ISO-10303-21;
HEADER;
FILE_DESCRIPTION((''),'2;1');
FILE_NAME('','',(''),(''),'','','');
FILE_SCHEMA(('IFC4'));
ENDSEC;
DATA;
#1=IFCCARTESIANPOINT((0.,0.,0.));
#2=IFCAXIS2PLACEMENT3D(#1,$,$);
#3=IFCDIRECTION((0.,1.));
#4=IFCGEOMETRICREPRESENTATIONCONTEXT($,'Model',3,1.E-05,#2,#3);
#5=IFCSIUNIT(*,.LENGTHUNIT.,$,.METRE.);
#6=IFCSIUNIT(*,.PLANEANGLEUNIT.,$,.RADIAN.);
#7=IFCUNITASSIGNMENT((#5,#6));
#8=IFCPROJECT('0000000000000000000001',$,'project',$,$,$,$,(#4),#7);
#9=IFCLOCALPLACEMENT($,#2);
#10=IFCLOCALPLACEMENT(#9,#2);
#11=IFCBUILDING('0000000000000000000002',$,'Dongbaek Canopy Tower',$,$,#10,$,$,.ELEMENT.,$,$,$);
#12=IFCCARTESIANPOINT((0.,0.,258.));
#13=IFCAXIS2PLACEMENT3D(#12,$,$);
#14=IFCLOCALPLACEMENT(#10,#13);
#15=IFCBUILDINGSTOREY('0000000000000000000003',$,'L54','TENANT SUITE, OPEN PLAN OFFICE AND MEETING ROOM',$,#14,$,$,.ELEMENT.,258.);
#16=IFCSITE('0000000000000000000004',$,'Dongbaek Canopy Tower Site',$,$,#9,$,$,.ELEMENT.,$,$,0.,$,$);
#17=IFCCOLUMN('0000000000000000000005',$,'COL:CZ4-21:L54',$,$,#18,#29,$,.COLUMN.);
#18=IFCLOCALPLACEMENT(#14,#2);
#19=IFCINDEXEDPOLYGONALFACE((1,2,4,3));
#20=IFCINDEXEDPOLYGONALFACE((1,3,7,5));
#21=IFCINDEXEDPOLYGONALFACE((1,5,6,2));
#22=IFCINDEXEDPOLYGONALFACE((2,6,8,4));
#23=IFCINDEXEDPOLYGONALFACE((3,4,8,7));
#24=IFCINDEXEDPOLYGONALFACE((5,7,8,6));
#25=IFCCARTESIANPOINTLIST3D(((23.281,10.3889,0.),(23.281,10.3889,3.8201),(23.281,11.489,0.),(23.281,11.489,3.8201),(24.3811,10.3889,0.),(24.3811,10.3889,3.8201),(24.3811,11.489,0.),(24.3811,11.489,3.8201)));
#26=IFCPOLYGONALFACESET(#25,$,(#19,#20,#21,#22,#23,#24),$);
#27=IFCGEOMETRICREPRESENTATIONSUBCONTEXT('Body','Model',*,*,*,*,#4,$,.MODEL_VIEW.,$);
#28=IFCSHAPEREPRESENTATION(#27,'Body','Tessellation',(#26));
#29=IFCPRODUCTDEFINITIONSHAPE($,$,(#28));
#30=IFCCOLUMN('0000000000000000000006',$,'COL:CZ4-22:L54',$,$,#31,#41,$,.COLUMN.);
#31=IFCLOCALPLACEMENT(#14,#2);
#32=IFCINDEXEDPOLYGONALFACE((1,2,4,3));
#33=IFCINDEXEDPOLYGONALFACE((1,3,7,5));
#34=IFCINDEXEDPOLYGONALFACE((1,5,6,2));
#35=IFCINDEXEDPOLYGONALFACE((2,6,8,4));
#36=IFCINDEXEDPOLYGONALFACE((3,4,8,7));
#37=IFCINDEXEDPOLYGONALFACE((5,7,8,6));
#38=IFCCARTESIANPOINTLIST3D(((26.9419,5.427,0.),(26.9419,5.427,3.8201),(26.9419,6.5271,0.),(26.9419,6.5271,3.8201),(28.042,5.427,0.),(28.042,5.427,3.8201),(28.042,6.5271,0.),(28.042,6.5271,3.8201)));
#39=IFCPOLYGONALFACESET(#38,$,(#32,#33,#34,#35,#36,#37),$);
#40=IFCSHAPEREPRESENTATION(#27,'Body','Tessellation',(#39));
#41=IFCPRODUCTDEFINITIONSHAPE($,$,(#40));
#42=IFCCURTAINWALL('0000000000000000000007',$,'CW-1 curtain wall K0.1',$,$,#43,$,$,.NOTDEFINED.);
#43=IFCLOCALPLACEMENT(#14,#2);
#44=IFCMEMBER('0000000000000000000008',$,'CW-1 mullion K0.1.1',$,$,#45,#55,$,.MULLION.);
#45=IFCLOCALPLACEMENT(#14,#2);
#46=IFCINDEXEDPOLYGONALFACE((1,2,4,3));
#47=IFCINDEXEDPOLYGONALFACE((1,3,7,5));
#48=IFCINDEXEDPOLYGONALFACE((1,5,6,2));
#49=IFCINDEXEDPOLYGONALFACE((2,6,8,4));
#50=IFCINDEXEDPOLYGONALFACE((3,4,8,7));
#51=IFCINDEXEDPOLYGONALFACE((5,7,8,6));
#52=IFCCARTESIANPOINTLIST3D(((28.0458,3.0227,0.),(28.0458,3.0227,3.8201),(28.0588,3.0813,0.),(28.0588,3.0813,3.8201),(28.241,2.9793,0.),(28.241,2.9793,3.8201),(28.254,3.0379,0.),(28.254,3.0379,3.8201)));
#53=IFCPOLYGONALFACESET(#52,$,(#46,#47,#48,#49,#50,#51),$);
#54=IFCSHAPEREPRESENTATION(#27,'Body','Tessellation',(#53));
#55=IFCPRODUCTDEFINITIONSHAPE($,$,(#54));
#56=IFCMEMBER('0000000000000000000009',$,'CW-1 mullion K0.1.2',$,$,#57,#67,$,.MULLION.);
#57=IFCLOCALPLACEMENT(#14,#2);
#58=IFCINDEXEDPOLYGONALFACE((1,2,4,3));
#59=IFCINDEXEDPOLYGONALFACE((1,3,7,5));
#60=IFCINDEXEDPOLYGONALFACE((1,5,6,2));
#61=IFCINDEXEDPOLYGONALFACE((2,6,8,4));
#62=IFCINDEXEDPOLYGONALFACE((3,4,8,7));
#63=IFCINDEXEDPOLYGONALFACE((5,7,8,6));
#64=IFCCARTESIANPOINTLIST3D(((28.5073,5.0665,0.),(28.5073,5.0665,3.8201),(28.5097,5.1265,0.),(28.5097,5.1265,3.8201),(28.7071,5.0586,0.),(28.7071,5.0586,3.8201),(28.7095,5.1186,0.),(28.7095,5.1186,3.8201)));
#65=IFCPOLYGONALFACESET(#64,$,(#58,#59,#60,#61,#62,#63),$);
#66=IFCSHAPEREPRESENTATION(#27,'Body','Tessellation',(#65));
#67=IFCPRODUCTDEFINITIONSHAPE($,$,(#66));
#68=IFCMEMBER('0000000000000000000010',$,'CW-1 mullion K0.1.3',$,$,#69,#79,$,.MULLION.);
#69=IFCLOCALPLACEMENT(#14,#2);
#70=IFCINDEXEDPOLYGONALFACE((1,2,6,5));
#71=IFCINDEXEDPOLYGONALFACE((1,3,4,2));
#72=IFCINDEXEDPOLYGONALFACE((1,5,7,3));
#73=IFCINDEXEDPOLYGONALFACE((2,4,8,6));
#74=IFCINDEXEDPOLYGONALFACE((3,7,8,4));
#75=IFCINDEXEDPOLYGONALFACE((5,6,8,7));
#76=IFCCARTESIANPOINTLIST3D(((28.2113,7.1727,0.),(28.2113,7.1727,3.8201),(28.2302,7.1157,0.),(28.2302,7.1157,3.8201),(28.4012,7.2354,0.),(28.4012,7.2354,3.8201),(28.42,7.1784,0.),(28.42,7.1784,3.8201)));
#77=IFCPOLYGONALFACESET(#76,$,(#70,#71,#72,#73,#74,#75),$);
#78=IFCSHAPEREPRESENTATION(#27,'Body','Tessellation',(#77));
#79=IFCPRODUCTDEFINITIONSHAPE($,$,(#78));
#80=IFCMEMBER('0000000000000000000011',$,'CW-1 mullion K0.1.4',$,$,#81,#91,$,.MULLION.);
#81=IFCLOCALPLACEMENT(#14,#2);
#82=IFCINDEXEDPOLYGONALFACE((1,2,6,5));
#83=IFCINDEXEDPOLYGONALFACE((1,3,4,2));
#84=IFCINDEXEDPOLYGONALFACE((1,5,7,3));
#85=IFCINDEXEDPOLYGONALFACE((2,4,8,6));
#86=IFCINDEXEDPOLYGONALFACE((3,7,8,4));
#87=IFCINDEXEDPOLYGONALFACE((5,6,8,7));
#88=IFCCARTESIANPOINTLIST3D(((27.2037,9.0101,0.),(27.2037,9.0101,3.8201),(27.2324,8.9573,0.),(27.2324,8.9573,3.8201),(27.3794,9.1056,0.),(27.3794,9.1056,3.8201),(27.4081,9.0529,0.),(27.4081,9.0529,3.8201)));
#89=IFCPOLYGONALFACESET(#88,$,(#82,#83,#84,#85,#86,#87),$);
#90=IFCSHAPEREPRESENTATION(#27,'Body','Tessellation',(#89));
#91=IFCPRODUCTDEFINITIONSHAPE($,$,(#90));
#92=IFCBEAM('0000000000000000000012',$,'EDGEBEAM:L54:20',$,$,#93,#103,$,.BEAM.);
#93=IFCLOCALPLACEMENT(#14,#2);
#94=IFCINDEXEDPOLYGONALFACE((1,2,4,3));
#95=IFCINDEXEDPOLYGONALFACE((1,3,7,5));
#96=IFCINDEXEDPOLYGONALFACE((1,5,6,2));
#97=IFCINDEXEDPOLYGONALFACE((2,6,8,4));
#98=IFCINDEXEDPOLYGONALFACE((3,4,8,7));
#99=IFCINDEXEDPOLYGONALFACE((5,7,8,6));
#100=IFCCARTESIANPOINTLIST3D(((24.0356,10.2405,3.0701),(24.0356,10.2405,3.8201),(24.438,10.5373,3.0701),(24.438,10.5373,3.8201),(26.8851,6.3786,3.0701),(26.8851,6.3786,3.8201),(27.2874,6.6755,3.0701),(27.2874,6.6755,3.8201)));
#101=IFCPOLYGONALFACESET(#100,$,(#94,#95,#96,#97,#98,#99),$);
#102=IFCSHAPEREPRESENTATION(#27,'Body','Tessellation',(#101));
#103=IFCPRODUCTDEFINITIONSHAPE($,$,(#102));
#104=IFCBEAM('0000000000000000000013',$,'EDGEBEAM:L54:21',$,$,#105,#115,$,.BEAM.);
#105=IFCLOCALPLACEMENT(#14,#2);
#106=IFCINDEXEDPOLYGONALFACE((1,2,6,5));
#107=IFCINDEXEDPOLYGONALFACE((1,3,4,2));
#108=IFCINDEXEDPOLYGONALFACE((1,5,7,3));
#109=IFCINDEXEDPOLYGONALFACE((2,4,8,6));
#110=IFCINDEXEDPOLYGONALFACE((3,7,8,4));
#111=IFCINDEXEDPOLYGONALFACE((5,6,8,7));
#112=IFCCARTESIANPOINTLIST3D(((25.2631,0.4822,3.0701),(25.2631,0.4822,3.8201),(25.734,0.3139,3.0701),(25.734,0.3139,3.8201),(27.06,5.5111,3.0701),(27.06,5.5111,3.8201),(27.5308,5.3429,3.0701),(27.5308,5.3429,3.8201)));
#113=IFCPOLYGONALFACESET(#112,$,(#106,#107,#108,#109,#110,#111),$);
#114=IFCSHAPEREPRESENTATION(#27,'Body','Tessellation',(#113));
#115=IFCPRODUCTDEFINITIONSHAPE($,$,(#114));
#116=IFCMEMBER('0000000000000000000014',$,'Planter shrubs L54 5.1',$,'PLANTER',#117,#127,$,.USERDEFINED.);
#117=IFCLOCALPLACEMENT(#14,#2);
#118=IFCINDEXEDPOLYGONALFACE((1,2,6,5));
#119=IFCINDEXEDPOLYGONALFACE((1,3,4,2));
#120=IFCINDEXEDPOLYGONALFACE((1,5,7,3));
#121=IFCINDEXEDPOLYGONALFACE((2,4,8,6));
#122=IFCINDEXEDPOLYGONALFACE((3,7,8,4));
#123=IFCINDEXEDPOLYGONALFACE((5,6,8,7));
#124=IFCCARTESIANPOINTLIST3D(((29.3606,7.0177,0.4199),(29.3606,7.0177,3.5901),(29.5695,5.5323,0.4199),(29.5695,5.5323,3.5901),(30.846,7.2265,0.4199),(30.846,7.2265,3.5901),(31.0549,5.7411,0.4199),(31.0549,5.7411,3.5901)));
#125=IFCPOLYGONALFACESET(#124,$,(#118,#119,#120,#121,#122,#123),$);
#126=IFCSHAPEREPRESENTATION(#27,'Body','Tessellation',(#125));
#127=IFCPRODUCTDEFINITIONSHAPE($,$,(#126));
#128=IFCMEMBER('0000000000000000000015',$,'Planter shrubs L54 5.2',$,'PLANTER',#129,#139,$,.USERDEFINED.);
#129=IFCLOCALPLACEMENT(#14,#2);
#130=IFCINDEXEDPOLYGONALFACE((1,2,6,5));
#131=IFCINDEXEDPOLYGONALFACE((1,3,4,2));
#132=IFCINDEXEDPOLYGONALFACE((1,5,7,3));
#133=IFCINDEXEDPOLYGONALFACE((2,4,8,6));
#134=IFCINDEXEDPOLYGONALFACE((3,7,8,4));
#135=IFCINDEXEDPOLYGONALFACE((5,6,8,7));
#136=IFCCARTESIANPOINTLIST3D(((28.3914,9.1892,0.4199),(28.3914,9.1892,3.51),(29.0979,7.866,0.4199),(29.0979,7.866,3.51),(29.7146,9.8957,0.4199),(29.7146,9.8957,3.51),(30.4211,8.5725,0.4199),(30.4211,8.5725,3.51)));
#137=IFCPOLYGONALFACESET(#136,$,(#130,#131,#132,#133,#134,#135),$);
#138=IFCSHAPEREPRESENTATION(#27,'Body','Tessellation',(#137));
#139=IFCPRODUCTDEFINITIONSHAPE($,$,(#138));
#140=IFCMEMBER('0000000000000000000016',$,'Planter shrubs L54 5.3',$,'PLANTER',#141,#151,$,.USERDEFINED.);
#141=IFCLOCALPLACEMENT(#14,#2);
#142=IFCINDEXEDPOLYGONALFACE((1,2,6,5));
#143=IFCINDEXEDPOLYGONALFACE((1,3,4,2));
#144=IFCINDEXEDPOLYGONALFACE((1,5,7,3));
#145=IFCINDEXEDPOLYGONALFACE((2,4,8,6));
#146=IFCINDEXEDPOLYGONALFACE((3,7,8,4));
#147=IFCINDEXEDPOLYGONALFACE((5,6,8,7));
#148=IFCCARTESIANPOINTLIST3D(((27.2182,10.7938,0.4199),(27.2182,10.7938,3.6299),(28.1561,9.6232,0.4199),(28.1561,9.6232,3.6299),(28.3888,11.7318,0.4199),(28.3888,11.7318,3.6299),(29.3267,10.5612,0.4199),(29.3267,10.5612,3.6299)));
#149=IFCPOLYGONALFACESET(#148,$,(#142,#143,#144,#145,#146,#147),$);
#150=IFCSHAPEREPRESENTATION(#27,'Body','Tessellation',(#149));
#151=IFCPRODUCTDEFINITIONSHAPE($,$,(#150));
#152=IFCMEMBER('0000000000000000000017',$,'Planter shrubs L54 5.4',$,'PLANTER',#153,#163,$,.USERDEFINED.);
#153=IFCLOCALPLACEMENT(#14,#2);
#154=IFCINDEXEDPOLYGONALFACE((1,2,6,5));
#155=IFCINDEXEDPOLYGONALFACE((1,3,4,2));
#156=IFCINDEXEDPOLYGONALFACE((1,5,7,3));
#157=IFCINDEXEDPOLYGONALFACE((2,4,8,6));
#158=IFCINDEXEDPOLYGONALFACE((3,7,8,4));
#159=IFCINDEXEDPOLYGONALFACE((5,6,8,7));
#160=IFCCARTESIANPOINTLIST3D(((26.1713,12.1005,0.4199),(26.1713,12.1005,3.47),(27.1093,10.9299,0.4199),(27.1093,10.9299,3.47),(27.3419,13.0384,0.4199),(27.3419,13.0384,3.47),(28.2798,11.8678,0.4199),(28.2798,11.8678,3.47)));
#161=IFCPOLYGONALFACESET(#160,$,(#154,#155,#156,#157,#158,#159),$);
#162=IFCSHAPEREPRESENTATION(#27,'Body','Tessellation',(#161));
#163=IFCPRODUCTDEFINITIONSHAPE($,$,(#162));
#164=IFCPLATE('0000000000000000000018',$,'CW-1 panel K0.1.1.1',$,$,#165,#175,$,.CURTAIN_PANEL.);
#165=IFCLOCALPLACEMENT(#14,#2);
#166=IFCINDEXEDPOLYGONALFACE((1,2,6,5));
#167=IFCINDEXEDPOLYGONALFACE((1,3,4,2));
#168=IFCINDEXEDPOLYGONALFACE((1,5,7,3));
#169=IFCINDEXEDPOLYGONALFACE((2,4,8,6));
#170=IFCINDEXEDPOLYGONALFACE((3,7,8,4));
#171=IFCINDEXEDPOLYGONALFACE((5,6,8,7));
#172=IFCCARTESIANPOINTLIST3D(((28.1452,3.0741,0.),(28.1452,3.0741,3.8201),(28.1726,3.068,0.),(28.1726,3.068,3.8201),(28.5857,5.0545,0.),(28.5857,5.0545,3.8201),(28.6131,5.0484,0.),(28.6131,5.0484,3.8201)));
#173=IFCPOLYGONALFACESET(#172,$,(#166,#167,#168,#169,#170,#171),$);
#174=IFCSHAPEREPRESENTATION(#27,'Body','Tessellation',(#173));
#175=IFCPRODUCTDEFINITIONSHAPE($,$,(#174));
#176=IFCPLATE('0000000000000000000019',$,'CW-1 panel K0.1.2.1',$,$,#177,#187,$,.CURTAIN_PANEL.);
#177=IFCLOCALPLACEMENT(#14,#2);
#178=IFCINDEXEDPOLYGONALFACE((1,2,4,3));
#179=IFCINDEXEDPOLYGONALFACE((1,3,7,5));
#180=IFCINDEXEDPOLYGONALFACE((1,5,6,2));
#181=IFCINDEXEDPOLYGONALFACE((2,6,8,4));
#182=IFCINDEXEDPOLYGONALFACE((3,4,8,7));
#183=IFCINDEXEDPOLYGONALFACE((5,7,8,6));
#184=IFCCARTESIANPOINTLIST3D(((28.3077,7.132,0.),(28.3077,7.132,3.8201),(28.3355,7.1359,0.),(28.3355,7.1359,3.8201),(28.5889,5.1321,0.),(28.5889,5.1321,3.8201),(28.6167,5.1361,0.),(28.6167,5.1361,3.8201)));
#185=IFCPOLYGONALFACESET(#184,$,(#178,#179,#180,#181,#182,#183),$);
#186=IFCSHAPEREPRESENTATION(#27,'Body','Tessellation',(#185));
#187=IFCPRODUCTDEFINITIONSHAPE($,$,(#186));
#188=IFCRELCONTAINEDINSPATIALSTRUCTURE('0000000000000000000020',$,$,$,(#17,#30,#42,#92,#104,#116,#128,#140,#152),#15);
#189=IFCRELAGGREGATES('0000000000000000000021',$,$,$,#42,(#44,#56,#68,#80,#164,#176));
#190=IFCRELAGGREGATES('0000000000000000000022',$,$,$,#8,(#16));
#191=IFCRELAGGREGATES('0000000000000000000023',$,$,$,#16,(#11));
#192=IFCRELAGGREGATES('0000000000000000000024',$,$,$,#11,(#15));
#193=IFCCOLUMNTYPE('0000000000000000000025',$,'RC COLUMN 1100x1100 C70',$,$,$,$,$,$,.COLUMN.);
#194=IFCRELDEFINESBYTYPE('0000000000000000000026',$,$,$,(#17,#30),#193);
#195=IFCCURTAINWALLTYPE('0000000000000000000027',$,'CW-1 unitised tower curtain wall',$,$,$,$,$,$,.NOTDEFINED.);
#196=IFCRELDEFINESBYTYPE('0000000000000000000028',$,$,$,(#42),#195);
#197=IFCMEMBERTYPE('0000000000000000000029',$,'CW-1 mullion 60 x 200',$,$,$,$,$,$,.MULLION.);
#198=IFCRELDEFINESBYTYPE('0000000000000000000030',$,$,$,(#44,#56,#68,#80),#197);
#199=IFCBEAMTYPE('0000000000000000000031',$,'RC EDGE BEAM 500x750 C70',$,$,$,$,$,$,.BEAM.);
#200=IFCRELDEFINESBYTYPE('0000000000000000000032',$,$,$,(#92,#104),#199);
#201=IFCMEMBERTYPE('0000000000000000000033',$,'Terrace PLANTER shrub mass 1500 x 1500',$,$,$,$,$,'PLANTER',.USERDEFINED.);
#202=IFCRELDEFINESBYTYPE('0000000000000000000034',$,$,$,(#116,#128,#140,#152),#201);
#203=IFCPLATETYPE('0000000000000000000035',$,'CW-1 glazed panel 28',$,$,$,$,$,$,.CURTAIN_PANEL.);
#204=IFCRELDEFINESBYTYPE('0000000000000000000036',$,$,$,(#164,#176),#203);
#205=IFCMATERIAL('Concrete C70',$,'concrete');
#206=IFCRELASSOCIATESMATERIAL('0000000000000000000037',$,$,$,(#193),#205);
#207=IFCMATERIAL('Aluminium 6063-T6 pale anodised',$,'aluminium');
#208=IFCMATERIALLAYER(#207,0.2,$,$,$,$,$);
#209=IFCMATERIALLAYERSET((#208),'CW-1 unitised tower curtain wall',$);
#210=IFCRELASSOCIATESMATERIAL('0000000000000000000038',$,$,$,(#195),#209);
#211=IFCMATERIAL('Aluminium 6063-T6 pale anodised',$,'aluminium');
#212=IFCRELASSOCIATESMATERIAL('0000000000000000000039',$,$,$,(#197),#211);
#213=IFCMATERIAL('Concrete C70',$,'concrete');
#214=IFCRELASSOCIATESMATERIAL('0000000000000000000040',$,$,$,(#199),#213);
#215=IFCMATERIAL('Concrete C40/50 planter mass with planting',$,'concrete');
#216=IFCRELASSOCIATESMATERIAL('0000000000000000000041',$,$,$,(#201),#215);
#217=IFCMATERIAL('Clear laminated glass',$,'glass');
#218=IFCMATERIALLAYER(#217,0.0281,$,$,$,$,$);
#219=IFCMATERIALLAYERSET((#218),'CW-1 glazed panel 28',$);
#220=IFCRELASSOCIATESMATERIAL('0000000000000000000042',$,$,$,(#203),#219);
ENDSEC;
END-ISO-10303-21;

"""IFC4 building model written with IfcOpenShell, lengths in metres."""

from ifc_helpers import new_model, si_unit, direction, frame, origin, origin_2d, place, context, subcontext, project, spatial, rectangle, extrude, material, layer, layer_set, material_profile, profile_set, type_object, element, aggregate, save


model = new_model("IFC4")

# Units and contexts
model_context = context("Model", 3, precision=1e-05, world=origin(), true_north=direction((0.0, 1.0)))
body_context = subcontext(model_context, "Body", "Model", "MODEL_VIEW")
ifc_project = project(units=[si_unit("LENGTHUNIT", "METRE"), si_unit("PLANEANGLEUNIT", "RADIAN")], contexts=[model_context])

# Site, building, storey
site_placement = place(None, origin())
site = spatial("IfcSite", under=ifc_project, at=site_placement, Name="Dongbaek Canopy Tower Site", CompositionType="ELEMENT", RefElevation=0.0)
building_placement = place(site_placement, origin())
building = spatial("IfcBuilding", under=site, at=building_placement, Name="Dongbaek Canopy Tower", CompositionType="ELEMENT")
storey_placement = place(building_placement, frame((0.0, 0.0, 258.0)))
storey = spatial("IfcBuildingStorey", under=building, at=storey_placement, Name="L54", Description="TENANT SUITE, OPEN PLAN OFFICE AND MEETING ROOM", CompositionType="ELEMENT", Elevation=258.0)

# Columns
ifc_material_1 = material(Name="Concrete C70", Category="concrete")
ifc_material_profile_1 = material_profile(ifc_material_1, rectangle(XDim=1.1001, YDim=1.1001, at=origin_2d()), Name="RC COLUMN 1100x1100 C70")
ifc_profile_set_1 = profile_set([ifc_material_profile_1], Name="Concrete C70")
column_type = type_object("IfcColumnType", Name="RC COLUMN 1100x1100 C70", PredefinedType="COLUMN", material=ifc_profile_set_1)
for number, where, z_axis, x_axis, name in (
    (1, (23.8311, 10.939, 0.0), (0.0, 0.0, 1.0), (1.0, 0.0, 0.0), "COL:CZ4-21:L54"),
    (2, (27.4919, 5.9771, 0.0), (0.0, 0.0, 1.0), (1.0, 0.0, 0.0), "COL:CZ4-22:L54"),
):
    element("IfcColumn", number, at=place(storey_placement, frame(where, z_axis=z_axis, x_axis=x_axis)), inside=storey, type_object=column_type, Name=name, PredefinedType="COLUMN", context=body_context, shape_type="SweptSolid", body=[
        extrude(rectangle(XDim=1.1001, YDim=1.1001, at=origin_2d()), origin(), (0.0, 0.0, 1.0), 3.8201),
    ])

# Curtain wall, members
ifc_material_2 = material(Name="Aluminium 6063-T6 pale anodised", Category="aluminium")
ifc_layer_1 = layer(ifc_material_2, 0.2)
ifc_layer_set_1 = layer_set([ifc_layer_1], Name="CW-1 unitised tower curtain wall")
curtain_wall_type = type_object("IfcCurtainWallType", Name="CW-1 unitised tower curtain wall", PredefinedType="NOTDEFINED", material=ifc_layer_set_1)
curtain_wall_1_placement = place(storey_placement, origin())
curtain_wall_1 = element("IfcCurtainWall", 3, at=curtain_wall_1_placement, inside=storey, type_object=curtain_wall_type, Name="CW-1 curtain wall K0.1", PredefinedType="NOTDEFINED")
ifc_material_3 = material(Name="Aluminium 6063-T6 pale anodised", Category="aluminium")
ifc_material_profile_2 = material_profile(ifc_material_3, rectangle(XDim=0.2, YDim=0.0601, at=origin_2d()), Name="CW-1 mullion 60 x 200")
ifc_profile_set_2 = profile_set([ifc_material_profile_2], Name="Aluminium 6063-T6 pale anodised")
member_type_1 = type_object("IfcMemberType", Name="CW-1 mullion 60 x 200", PredefinedType="MULLION", material=ifc_profile_set_2)
member_1_placement = place(storey_placement, frame((28.1499, 3.0303, 0.0), z_axis=(0.0, 0.0, 1.0), x_axis=(0.976147, -0.217111, 0.0)))
member_1 = element("IfcMember", 4, at=member_1_placement, type_object=member_type_1, Name="CW-1 mullion K0.1.1", PredefinedType="MULLION", context=body_context, shape_type="SweptSolid", body=[
    extrude(rectangle(XDim=0.2, YDim=0.0601, at=origin_2d()), origin(), (0.0, 0.0, 1.0), 3.8201),
])
member_2_placement = place(storey_placement, frame((28.6084, 5.0925, 0.0), z_axis=(0.0, 0.0, 1.0), x_axis=(0.999217, -0.039568, 0.0)))
member_2 = element("IfcMember", 5, at=member_2_placement, type_object=member_type_1, Name="CW-1 mullion K0.1.2", PredefinedType="MULLION", context=body_context, shape_type="SweptSolid", body=[
    extrude(rectangle(XDim=0.2, YDim=0.0601, at=origin_2d()), origin(), (0.0, 0.0, 1.0), 3.8201),
])
member_3_placement = place(storey_placement, frame((28.3157, 7.1755, 0.0), z_axis=(0.0, 0.0, 1.0), x_axis=(0.949558, 0.313592, 0.0)))
member_3 = element("IfcMember", 6, at=member_3_placement, type_object=member_type_1, Name="CW-1 mullion K0.1.3", PredefinedType="MULLION", context=body_context, shape_type="SweptSolid", body=[
    extrude(rectangle(XDim=0.2, YDim=0.0601, at=origin_2d()), origin(), (0.0, 0.0, 1.0), 3.8201),
])
member_4_placement = place(storey_placement, frame((27.3059, 9.0315, 0.0), z_axis=(0.0, 0.0, 1.0), x_axis=(0.878421, 0.477888, 0.0)))
member_4 = element("IfcMember", 7, at=member_4_placement, type_object=member_type_1, Name="CW-1 mullion K0.1.4", PredefinedType="MULLION", context=body_context, shape_type="SweptSolid", body=[
    extrude(rectangle(XDim=0.2, YDim=0.0601, at=origin_2d()), origin(), (0.0, 0.0, 1.0), 3.8201),
])

# Beams
ifc_material_4 = material(Name="Concrete C70", Category="concrete")
ifc_material_profile_3 = material_profile(ifc_material_4, rectangle(XDim=0.5, YDim=0.75, at=origin_2d()), Name="RC EDGE BEAM 500x750 C70")
ifc_profile_set_3 = profile_set([ifc_material_profile_3], Name="Concrete C70")
beam_type = type_object("IfcBeamType", Name="RC EDGE BEAM 500x750 C70", PredefinedType="BEAM", material=ifc_profile_set_3)
beam_1_placement = place(storey_placement, frame((24.2368, 10.3889, 3.4451), z_axis=(0.593714, -0.804676, 0.0), x_axis=(0.804676, 0.593714, 0.0)))
element("IfcBeam", 8, at=beam_1_placement, inside=storey, type_object=beam_type, Name="EDGEBEAM:L54:20", PredefinedType="BEAM", context=body_context, shape_type="SweptSolid", body=[
    extrude(rectangle(XDim=0.5, YDim=0.75, at=origin_2d()), origin(), (0.0, 0.0, 1.0), 4.7993),
])
beam_2_placement = place(storey_placement, frame((27.2954, 5.427, 3.4451), z_axis=(-0.336467, -0.941695, 0.0), x_axis=(0.941695, -0.336467, 0.0)))
element("IfcBeam", 9, at=beam_2_placement, inside=storey, type_object=beam_type, Name="EDGEBEAM:L54:21", PredefinedType="BEAM", context=body_context, shape_type="SweptSolid", body=[
    extrude(rectangle(XDim=0.5, YDim=0.75, at=origin_2d()), origin(), (0.0, 0.0, 1.0), 5.3403),
])

# Members
ifc_material_5 = material(Name="Concrete C40/50 planter mass with planting", Category="concrete")
ifc_material_profile_4 = material_profile(ifc_material_5, rectangle(XDim=1.5, YDim=1.5, at=origin_2d()), Name="Terrace PLANTER shrub mass 1500 x 1500")
ifc_profile_set_4 = profile_set([ifc_material_profile_4], Name="Concrete C40/50 planter mass with planting")
member_type_2 = type_object("IfcMemberType", Name="Terrace PLANTER shrub mass 1500 x 1500", ElementType="PLANTER", PredefinedType="USERDEFINED", material=ifc_profile_set_4)
member_5_placement = place(storey_placement, frame((30.2078, 6.3794, 0.4199), z_axis=(0.0, 0.0, 1.0), x_axis=(0.990258, 0.139244, 0.0)))
element("IfcMember", 10, at=member_5_placement, inside=storey, type_object=member_type_2, Name="Planter shrubs L54 5.1", ObjectType="PLANTER", PredefinedType="USERDEFINED", context=body_context, shape_type="SweptSolid", body=[
    extrude(rectangle(XDim=1.5, YDim=1.5, at=origin_2d()), origin(), (0.0, 0.0, 1.0), 3.1702),
])
member_6_placement = place(storey_placement, frame((29.4062, 8.8809, 0.4199), z_axis=(0.0, 0.0, 1.0), x_axis=(0.882136, 0.470995, 0.0)))
element("IfcMember", 11, at=member_6_placement, inside=storey, type_object=member_type_2, Name="Planter shrubs L54 5.2", ObjectType="PLANTER", PredefinedType="USERDEFINED", context=body_context, shape_type="SweptSolid", body=[
    extrude(rectangle(XDim=1.5, YDim=1.5, at=origin_2d()), origin(), (0.0, 0.0, 1.0), 3.0901),
])
member_7_placement = place(storey_placement, frame((28.2725, 10.6775, 0.4199), z_axis=(0.0, 0.0, 1.0), x_axis=(0.780395, 0.625287, 0.0)))
element("IfcMember", 12, at=member_7_placement, inside=storey, type_object=member_type_2, Name="Planter shrubs L54 5.3", ObjectType="PLANTER", PredefinedType="USERDEFINED", context=body_context, shape_type="SweptSolid", body=[
    extrude(rectangle(XDim=1.5, YDim=1.5, at=origin_2d()), origin(), (0.0, 0.0, 1.0), 3.21),
])
member_8_placement = place(storey_placement, frame((27.2256, 11.9841, 0.4199), z_axis=(0.0, 0.0, 1.0), x_axis=(0.780395, 0.625287, 0.0)))
element("IfcMember", 13, at=member_8_placement, inside=storey, type_object=member_type_2, Name="Planter shrubs L54 5.4", ObjectType="PLANTER", PredefinedType="USERDEFINED", context=body_context, shape_type="SweptSolid", body=[
    extrude(rectangle(XDim=1.5, YDim=1.5, at=origin_2d()), origin(), (0.0, 0.0, 1.0), 3.05),
])

# Plates
ifc_material_6 = material(Name="Clear laminated glass", Category="glass")
ifc_layer_2 = layer(ifc_material_6, 0.0281)
ifc_layer_set_2 = layer_set([ifc_layer_2], Name="CW-1 glazed panel 28")
plate_type = type_object("IfcPlateType", Name="CW-1 glazed panel 28", PredefinedType="CURTAIN_PANEL", material=ifc_layer_set_2)
plate_1_placement = place(storey_placement, frame((28.3792, 4.0613, 0.0), z_axis=(0.0, 0.0, 1.0), x_axis=(0.217111, 0.976147, 0.0)))
plate_1 = element("IfcPlate", 14, at=plate_1_placement, type_object=plate_type, Name="CW-1 panel K0.1.1.1", PredefinedType="CURTAIN_PANEL", context=body_context, shape_type="SweptSolid", body=[
    extrude(rectangle(XDim=2.0288, YDim=0.0281, at=origin_2d()), origin(), (0.0, 0.0, 1.0), 3.8201),
])
plate_2_placement = place(storey_placement, frame((28.4622, 6.134, 0.0), z_axis=(0.0, 0.0, 1.0), x_axis=(-0.139244, 0.990258, 0.0)))
plate_2 = element("IfcPlate", 15, at=plate_2_placement, type_object=plate_type, Name="CW-1 panel K0.1.2.1", PredefinedType="CURTAIN_PANEL", context=body_context, shape_type="SweptSolid", body=[
    extrude(rectangle(XDim=2.0195, YDim=0.0281, at=origin_2d()), origin(), (0.0, 0.0, 1.0), 3.8201),
])
aggregate(curtain_wall_1, [member_1, member_2, member_3, member_4, plate_1, plate_2])

save(model, "model.ifc")
